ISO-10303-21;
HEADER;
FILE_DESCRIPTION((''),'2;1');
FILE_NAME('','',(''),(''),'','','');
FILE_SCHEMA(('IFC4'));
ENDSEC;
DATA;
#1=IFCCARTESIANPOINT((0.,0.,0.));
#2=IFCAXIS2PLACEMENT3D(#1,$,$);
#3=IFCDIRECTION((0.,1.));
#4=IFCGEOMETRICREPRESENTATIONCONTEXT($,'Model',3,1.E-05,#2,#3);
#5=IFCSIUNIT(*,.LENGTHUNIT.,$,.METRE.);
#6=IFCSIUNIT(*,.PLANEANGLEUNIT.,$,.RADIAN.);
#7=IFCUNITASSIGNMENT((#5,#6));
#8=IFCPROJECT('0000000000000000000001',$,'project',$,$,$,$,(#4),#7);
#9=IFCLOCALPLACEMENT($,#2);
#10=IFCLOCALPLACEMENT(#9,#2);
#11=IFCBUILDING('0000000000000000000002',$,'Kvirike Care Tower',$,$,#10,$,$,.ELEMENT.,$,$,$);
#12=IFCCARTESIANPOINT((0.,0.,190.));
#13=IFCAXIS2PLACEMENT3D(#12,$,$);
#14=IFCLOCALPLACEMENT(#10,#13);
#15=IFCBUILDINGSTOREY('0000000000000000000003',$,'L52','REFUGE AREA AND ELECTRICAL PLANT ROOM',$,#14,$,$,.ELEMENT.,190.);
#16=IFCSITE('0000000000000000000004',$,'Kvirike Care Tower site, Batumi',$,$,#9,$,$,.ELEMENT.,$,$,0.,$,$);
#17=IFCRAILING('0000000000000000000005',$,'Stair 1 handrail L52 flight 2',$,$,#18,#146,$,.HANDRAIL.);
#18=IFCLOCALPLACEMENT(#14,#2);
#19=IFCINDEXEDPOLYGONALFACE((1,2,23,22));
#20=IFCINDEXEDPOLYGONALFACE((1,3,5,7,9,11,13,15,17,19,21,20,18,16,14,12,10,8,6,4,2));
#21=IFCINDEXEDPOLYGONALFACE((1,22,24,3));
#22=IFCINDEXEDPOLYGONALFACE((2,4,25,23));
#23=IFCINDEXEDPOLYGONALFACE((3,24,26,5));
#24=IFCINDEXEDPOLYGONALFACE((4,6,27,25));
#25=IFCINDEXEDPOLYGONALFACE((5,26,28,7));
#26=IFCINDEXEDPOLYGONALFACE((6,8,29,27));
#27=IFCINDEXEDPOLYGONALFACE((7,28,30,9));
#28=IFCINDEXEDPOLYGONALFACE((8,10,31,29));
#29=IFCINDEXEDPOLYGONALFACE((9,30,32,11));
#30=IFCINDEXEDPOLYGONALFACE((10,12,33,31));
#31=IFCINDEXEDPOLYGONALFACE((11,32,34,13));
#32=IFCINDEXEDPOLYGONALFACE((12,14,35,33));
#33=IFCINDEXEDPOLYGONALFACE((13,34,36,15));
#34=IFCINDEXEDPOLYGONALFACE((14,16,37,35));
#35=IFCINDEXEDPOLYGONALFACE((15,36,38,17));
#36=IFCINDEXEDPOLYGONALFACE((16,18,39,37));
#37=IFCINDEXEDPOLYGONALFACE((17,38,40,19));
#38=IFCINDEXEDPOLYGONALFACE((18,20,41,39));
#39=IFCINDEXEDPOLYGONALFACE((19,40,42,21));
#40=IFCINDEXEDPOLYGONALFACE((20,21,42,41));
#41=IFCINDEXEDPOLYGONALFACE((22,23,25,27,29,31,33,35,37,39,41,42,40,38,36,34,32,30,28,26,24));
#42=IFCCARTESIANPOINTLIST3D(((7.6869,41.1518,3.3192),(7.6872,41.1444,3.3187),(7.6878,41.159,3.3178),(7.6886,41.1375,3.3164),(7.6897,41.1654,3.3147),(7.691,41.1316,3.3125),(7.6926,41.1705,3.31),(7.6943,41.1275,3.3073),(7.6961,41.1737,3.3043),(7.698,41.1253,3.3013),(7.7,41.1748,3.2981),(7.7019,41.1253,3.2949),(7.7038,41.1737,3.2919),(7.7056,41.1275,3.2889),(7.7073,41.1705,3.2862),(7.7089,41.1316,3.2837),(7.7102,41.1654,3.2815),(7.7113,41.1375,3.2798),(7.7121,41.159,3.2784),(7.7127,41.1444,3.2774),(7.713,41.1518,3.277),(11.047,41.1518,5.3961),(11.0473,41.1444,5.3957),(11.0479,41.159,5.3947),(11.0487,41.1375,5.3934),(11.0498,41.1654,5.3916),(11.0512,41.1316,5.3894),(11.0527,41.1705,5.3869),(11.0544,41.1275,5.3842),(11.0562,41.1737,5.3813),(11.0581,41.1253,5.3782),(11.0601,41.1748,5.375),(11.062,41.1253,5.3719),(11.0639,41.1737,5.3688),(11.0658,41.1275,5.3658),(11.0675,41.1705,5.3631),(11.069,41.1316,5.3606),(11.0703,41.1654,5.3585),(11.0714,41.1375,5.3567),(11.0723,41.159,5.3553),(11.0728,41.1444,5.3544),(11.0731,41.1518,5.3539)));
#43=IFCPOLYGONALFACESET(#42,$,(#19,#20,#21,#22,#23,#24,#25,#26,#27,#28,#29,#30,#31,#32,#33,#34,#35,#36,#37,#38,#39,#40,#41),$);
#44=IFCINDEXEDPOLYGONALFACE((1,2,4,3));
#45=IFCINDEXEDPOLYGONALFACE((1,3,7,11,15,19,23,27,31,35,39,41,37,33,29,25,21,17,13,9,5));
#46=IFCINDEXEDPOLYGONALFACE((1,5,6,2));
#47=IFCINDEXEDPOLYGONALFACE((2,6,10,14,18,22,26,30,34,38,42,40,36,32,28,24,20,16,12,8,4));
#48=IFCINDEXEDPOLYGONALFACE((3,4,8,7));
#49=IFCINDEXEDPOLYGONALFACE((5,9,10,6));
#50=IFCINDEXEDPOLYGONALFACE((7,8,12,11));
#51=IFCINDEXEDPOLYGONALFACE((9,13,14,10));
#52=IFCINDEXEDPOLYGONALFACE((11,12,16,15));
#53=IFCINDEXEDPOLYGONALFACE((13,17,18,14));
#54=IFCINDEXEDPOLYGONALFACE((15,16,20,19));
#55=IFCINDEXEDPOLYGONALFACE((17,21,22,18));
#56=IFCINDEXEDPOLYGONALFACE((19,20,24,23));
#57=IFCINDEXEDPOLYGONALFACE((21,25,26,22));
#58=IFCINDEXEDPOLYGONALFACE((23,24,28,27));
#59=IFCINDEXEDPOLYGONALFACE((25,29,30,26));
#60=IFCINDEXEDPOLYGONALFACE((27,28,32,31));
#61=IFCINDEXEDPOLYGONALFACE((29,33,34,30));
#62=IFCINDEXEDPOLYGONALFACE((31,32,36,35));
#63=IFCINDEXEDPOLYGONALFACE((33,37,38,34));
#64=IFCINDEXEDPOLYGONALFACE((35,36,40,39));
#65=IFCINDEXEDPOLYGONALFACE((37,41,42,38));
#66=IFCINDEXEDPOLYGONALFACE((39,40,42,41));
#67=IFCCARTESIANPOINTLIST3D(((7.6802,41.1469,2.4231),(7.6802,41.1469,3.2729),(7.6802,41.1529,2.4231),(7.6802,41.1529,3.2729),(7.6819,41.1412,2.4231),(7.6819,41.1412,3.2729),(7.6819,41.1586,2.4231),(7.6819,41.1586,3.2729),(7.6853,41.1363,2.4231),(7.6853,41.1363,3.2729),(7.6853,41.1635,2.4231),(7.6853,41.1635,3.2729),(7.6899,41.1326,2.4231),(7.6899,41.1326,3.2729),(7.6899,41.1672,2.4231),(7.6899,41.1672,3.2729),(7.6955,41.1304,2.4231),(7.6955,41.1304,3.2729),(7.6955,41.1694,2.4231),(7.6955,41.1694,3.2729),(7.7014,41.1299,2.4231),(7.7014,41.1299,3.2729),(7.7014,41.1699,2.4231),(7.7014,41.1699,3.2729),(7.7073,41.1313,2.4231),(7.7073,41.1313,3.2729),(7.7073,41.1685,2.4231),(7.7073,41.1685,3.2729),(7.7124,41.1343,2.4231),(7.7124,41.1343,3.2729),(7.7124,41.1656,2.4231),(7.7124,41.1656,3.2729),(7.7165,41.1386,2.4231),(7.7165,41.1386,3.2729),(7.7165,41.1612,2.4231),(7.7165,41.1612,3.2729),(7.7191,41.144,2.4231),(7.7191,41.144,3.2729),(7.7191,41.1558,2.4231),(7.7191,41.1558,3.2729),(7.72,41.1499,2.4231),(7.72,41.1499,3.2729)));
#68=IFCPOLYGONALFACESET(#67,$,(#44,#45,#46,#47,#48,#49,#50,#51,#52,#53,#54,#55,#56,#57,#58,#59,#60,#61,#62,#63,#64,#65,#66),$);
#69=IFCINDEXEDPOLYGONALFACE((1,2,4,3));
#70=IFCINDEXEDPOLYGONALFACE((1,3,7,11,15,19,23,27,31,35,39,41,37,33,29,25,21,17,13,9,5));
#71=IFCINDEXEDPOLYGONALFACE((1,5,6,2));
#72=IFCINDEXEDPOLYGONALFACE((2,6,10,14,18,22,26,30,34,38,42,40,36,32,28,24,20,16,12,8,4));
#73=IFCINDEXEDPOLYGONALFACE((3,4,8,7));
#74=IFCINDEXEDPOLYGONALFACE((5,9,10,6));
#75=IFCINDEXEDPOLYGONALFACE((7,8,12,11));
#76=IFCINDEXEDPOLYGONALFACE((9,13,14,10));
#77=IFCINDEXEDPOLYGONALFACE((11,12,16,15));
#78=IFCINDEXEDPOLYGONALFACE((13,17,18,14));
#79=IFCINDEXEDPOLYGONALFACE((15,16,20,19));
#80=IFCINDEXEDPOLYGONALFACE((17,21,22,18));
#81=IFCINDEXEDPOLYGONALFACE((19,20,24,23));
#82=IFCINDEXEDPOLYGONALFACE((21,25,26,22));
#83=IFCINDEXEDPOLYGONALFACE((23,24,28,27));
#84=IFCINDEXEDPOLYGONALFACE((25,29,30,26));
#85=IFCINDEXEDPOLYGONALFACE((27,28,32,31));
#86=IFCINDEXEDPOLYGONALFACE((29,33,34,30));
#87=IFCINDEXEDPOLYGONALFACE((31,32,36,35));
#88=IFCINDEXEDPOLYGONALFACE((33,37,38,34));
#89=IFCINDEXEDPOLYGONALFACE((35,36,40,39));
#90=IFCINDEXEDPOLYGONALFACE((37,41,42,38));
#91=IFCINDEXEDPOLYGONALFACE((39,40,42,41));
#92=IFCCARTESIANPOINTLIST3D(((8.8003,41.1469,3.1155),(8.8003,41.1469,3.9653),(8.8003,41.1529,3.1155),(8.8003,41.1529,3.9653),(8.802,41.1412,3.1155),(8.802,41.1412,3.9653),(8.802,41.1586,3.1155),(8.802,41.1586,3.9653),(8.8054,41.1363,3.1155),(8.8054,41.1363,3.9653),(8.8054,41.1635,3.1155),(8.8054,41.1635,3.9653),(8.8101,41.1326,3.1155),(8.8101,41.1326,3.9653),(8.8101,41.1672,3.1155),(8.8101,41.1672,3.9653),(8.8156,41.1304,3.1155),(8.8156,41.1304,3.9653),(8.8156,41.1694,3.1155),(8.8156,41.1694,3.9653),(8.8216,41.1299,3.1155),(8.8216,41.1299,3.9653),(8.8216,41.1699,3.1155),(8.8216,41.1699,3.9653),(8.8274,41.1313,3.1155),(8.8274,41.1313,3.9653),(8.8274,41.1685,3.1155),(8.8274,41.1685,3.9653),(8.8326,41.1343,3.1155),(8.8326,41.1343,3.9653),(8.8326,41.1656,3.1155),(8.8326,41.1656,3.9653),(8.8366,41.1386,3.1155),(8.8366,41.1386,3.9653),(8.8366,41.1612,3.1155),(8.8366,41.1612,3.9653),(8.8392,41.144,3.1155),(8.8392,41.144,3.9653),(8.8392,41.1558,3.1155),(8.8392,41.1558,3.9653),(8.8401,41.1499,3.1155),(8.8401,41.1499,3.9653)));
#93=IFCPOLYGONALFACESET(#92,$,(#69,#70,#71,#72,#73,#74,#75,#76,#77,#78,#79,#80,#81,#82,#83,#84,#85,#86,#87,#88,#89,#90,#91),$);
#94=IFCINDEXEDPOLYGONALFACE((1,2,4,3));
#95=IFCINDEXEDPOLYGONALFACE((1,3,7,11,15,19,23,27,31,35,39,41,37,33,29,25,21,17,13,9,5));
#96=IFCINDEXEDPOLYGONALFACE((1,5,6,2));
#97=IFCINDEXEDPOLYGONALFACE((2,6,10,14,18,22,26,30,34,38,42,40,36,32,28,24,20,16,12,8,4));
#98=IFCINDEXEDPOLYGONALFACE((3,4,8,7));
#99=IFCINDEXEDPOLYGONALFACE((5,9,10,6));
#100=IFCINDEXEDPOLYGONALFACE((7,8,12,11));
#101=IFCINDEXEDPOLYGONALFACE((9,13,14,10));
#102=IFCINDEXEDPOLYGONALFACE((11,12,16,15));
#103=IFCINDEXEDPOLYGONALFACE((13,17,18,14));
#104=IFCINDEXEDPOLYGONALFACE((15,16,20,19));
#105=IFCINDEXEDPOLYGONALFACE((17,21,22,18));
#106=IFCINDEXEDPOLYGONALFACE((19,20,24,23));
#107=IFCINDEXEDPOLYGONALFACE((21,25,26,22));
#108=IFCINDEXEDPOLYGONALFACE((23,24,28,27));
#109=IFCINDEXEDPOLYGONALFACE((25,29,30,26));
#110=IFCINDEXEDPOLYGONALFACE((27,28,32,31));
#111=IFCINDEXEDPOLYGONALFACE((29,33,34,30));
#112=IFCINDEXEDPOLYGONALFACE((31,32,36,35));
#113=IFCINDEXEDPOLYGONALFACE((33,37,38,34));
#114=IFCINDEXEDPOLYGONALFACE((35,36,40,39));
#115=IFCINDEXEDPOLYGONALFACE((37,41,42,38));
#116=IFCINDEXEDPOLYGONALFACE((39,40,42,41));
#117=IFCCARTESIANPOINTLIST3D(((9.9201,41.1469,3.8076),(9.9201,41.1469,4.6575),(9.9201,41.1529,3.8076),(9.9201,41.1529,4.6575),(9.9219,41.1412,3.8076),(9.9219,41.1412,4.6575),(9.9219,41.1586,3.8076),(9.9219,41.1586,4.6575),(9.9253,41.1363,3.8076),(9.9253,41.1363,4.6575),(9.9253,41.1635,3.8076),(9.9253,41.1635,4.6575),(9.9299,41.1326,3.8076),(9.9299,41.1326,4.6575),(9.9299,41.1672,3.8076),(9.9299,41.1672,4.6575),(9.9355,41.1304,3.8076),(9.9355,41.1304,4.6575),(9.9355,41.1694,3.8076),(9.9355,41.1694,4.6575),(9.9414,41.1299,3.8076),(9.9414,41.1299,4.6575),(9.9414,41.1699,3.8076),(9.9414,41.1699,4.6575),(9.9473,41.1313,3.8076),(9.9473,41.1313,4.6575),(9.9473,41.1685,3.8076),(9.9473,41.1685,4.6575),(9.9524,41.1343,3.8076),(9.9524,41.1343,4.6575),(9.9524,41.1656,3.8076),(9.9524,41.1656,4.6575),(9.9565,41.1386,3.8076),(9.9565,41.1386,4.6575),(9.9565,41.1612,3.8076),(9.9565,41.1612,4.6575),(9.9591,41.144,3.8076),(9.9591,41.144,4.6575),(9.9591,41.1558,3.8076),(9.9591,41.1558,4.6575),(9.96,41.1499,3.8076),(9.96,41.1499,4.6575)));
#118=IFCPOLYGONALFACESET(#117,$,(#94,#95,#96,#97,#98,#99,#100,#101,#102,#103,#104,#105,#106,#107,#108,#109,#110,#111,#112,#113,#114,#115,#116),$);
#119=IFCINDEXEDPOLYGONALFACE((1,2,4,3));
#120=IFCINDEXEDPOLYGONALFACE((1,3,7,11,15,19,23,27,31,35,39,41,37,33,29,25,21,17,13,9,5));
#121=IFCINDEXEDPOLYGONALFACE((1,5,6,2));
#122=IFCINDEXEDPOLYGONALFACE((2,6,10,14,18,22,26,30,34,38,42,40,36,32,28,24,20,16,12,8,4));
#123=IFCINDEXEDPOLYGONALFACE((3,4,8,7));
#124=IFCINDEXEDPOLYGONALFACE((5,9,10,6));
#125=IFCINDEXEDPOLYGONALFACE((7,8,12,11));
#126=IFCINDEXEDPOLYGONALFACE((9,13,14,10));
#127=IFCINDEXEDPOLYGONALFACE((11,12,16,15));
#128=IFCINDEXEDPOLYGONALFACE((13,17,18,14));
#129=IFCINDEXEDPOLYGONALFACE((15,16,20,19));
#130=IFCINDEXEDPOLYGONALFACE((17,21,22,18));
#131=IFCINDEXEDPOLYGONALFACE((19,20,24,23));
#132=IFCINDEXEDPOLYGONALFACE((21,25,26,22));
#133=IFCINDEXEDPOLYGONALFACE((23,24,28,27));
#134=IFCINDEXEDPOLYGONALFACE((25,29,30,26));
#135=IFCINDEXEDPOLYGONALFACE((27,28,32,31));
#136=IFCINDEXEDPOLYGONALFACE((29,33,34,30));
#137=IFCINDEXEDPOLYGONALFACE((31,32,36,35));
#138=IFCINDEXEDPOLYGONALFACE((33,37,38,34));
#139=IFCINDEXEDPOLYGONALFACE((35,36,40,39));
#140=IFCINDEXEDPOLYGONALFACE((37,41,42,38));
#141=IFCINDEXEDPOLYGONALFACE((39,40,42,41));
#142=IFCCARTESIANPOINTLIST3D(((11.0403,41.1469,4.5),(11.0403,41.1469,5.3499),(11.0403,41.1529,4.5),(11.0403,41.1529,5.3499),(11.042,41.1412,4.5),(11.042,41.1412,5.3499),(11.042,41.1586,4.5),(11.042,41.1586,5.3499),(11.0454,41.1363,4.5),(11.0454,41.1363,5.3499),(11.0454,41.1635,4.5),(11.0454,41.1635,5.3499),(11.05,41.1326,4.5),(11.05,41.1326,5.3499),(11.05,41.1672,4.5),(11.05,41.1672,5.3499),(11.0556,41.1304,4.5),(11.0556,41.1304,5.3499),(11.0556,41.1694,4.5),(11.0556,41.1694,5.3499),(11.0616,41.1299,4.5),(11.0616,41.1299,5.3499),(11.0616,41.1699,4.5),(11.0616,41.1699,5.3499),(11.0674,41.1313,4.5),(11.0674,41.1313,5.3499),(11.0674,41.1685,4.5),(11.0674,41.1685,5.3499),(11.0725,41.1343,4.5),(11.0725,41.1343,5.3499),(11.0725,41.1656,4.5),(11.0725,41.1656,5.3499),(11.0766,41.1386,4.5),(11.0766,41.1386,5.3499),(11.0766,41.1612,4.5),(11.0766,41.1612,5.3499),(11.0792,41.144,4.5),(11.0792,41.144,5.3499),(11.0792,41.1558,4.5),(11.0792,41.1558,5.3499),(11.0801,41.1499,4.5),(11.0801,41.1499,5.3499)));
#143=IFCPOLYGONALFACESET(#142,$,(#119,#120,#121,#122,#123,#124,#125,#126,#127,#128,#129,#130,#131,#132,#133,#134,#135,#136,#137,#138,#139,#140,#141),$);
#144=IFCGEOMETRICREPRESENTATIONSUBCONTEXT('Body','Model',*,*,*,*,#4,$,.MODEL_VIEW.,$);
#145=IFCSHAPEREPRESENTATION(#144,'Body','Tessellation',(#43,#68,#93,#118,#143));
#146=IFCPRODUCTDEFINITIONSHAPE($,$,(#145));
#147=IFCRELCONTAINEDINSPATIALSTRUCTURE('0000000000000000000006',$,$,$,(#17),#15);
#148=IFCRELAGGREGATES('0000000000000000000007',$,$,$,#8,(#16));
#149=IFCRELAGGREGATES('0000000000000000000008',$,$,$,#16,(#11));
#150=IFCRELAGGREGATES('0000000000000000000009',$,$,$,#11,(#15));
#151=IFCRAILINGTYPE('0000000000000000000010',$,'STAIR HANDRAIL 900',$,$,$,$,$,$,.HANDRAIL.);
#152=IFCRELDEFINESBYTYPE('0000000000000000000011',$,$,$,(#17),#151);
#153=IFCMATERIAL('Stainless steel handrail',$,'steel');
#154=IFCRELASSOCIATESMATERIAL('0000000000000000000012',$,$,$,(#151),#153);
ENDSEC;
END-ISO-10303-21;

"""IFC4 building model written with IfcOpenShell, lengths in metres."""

from ifc_helpers import new_model, si_unit, direction, frame, origin, origin_2d, place, context, subcontext, project, spatial, circle, extrude, material, type_object, element, save


model = new_model("IFC4")

# Units and contexts
model_context = context("Model", 3, precision=1e-05, world=origin(), true_north=direction((0.0, 1.0)))
body_context = subcontext(model_context, "Body", "Model", "MODEL_VIEW")
ifc_project = project(units=[si_unit("LENGTHUNIT", "METRE"), si_unit("PLANEANGLEUNIT", "RADIAN")], contexts=[model_context])

# Site, building, storey
site_placement = place(None, origin())
site = spatial("IfcSite", under=ifc_project, at=site_placement, Name="Kvirike Care Tower site, Batumi", CompositionType="ELEMENT", RefElevation=0.0)
building_placement = place(site_placement, origin())
building = spatial("IfcBuilding", under=site, at=building_placement, Name="Kvirike Care Tower", CompositionType="ELEMENT")
storey_placement = place(building_placement, frame((0.0, 0.0, 190.0)))
storey = spatial("IfcBuildingStorey", under=building, at=storey_placement, Name="L52", Description="REFUGE AREA AND ELECTRICAL PLANT ROOM", CompositionType="ELEMENT", Elevation=190.0)

# Railing
ifc_material_1 = material(Name="Stainless steel handrail", Category="steel")
railing_type = type_object("IfcRailingType", Name="STAIR HANDRAIL 900", PredefinedType="HANDRAIL", material=ifc_material_1)
railing_1_placement = place(storey_placement, frame((7.7, 41.1499, 2.4231)))
element("IfcRailing", 1, at=railing_1_placement, inside=storey, type_object=railing_type, Name="Stair 1 handrail L52 flight 2", PredefinedType="HANDRAIL", context=body_context, shape_type="SweptSolid", body=[
    extrude(circle(Radius=0.0249, at=origin_2d()), frame((0.0, 0.0, 0.875), z_axis=(0.850623, 0.0, 0.525776), x_axis=(0.0, 1.0, 0.0)), (0.0, 0.0, 1.0), 3.9502),
    extrude(circle(Radius=0.02, at=origin_2d()), origin(), (0.0, 0.0, 1.0), 0.8499),
    extrude(circle(Radius=0.02, at=origin_2d()), frame((1.1201, 0.0, 0.6924)), (0.0, 0.0, 1.0), 0.8499),
    extrude(circle(Radius=0.02, at=origin_2d()), frame((2.24, 0.0, 1.3845)), (0.0, 0.0, 1.0), 0.8499),
    extrude(circle(Radius=0.02, at=origin_2d()), frame((3.3601, 0.0, 2.0769)), (0.0, 0.0, 1.0), 0.8499),
])

save(model, "model.ifc")
